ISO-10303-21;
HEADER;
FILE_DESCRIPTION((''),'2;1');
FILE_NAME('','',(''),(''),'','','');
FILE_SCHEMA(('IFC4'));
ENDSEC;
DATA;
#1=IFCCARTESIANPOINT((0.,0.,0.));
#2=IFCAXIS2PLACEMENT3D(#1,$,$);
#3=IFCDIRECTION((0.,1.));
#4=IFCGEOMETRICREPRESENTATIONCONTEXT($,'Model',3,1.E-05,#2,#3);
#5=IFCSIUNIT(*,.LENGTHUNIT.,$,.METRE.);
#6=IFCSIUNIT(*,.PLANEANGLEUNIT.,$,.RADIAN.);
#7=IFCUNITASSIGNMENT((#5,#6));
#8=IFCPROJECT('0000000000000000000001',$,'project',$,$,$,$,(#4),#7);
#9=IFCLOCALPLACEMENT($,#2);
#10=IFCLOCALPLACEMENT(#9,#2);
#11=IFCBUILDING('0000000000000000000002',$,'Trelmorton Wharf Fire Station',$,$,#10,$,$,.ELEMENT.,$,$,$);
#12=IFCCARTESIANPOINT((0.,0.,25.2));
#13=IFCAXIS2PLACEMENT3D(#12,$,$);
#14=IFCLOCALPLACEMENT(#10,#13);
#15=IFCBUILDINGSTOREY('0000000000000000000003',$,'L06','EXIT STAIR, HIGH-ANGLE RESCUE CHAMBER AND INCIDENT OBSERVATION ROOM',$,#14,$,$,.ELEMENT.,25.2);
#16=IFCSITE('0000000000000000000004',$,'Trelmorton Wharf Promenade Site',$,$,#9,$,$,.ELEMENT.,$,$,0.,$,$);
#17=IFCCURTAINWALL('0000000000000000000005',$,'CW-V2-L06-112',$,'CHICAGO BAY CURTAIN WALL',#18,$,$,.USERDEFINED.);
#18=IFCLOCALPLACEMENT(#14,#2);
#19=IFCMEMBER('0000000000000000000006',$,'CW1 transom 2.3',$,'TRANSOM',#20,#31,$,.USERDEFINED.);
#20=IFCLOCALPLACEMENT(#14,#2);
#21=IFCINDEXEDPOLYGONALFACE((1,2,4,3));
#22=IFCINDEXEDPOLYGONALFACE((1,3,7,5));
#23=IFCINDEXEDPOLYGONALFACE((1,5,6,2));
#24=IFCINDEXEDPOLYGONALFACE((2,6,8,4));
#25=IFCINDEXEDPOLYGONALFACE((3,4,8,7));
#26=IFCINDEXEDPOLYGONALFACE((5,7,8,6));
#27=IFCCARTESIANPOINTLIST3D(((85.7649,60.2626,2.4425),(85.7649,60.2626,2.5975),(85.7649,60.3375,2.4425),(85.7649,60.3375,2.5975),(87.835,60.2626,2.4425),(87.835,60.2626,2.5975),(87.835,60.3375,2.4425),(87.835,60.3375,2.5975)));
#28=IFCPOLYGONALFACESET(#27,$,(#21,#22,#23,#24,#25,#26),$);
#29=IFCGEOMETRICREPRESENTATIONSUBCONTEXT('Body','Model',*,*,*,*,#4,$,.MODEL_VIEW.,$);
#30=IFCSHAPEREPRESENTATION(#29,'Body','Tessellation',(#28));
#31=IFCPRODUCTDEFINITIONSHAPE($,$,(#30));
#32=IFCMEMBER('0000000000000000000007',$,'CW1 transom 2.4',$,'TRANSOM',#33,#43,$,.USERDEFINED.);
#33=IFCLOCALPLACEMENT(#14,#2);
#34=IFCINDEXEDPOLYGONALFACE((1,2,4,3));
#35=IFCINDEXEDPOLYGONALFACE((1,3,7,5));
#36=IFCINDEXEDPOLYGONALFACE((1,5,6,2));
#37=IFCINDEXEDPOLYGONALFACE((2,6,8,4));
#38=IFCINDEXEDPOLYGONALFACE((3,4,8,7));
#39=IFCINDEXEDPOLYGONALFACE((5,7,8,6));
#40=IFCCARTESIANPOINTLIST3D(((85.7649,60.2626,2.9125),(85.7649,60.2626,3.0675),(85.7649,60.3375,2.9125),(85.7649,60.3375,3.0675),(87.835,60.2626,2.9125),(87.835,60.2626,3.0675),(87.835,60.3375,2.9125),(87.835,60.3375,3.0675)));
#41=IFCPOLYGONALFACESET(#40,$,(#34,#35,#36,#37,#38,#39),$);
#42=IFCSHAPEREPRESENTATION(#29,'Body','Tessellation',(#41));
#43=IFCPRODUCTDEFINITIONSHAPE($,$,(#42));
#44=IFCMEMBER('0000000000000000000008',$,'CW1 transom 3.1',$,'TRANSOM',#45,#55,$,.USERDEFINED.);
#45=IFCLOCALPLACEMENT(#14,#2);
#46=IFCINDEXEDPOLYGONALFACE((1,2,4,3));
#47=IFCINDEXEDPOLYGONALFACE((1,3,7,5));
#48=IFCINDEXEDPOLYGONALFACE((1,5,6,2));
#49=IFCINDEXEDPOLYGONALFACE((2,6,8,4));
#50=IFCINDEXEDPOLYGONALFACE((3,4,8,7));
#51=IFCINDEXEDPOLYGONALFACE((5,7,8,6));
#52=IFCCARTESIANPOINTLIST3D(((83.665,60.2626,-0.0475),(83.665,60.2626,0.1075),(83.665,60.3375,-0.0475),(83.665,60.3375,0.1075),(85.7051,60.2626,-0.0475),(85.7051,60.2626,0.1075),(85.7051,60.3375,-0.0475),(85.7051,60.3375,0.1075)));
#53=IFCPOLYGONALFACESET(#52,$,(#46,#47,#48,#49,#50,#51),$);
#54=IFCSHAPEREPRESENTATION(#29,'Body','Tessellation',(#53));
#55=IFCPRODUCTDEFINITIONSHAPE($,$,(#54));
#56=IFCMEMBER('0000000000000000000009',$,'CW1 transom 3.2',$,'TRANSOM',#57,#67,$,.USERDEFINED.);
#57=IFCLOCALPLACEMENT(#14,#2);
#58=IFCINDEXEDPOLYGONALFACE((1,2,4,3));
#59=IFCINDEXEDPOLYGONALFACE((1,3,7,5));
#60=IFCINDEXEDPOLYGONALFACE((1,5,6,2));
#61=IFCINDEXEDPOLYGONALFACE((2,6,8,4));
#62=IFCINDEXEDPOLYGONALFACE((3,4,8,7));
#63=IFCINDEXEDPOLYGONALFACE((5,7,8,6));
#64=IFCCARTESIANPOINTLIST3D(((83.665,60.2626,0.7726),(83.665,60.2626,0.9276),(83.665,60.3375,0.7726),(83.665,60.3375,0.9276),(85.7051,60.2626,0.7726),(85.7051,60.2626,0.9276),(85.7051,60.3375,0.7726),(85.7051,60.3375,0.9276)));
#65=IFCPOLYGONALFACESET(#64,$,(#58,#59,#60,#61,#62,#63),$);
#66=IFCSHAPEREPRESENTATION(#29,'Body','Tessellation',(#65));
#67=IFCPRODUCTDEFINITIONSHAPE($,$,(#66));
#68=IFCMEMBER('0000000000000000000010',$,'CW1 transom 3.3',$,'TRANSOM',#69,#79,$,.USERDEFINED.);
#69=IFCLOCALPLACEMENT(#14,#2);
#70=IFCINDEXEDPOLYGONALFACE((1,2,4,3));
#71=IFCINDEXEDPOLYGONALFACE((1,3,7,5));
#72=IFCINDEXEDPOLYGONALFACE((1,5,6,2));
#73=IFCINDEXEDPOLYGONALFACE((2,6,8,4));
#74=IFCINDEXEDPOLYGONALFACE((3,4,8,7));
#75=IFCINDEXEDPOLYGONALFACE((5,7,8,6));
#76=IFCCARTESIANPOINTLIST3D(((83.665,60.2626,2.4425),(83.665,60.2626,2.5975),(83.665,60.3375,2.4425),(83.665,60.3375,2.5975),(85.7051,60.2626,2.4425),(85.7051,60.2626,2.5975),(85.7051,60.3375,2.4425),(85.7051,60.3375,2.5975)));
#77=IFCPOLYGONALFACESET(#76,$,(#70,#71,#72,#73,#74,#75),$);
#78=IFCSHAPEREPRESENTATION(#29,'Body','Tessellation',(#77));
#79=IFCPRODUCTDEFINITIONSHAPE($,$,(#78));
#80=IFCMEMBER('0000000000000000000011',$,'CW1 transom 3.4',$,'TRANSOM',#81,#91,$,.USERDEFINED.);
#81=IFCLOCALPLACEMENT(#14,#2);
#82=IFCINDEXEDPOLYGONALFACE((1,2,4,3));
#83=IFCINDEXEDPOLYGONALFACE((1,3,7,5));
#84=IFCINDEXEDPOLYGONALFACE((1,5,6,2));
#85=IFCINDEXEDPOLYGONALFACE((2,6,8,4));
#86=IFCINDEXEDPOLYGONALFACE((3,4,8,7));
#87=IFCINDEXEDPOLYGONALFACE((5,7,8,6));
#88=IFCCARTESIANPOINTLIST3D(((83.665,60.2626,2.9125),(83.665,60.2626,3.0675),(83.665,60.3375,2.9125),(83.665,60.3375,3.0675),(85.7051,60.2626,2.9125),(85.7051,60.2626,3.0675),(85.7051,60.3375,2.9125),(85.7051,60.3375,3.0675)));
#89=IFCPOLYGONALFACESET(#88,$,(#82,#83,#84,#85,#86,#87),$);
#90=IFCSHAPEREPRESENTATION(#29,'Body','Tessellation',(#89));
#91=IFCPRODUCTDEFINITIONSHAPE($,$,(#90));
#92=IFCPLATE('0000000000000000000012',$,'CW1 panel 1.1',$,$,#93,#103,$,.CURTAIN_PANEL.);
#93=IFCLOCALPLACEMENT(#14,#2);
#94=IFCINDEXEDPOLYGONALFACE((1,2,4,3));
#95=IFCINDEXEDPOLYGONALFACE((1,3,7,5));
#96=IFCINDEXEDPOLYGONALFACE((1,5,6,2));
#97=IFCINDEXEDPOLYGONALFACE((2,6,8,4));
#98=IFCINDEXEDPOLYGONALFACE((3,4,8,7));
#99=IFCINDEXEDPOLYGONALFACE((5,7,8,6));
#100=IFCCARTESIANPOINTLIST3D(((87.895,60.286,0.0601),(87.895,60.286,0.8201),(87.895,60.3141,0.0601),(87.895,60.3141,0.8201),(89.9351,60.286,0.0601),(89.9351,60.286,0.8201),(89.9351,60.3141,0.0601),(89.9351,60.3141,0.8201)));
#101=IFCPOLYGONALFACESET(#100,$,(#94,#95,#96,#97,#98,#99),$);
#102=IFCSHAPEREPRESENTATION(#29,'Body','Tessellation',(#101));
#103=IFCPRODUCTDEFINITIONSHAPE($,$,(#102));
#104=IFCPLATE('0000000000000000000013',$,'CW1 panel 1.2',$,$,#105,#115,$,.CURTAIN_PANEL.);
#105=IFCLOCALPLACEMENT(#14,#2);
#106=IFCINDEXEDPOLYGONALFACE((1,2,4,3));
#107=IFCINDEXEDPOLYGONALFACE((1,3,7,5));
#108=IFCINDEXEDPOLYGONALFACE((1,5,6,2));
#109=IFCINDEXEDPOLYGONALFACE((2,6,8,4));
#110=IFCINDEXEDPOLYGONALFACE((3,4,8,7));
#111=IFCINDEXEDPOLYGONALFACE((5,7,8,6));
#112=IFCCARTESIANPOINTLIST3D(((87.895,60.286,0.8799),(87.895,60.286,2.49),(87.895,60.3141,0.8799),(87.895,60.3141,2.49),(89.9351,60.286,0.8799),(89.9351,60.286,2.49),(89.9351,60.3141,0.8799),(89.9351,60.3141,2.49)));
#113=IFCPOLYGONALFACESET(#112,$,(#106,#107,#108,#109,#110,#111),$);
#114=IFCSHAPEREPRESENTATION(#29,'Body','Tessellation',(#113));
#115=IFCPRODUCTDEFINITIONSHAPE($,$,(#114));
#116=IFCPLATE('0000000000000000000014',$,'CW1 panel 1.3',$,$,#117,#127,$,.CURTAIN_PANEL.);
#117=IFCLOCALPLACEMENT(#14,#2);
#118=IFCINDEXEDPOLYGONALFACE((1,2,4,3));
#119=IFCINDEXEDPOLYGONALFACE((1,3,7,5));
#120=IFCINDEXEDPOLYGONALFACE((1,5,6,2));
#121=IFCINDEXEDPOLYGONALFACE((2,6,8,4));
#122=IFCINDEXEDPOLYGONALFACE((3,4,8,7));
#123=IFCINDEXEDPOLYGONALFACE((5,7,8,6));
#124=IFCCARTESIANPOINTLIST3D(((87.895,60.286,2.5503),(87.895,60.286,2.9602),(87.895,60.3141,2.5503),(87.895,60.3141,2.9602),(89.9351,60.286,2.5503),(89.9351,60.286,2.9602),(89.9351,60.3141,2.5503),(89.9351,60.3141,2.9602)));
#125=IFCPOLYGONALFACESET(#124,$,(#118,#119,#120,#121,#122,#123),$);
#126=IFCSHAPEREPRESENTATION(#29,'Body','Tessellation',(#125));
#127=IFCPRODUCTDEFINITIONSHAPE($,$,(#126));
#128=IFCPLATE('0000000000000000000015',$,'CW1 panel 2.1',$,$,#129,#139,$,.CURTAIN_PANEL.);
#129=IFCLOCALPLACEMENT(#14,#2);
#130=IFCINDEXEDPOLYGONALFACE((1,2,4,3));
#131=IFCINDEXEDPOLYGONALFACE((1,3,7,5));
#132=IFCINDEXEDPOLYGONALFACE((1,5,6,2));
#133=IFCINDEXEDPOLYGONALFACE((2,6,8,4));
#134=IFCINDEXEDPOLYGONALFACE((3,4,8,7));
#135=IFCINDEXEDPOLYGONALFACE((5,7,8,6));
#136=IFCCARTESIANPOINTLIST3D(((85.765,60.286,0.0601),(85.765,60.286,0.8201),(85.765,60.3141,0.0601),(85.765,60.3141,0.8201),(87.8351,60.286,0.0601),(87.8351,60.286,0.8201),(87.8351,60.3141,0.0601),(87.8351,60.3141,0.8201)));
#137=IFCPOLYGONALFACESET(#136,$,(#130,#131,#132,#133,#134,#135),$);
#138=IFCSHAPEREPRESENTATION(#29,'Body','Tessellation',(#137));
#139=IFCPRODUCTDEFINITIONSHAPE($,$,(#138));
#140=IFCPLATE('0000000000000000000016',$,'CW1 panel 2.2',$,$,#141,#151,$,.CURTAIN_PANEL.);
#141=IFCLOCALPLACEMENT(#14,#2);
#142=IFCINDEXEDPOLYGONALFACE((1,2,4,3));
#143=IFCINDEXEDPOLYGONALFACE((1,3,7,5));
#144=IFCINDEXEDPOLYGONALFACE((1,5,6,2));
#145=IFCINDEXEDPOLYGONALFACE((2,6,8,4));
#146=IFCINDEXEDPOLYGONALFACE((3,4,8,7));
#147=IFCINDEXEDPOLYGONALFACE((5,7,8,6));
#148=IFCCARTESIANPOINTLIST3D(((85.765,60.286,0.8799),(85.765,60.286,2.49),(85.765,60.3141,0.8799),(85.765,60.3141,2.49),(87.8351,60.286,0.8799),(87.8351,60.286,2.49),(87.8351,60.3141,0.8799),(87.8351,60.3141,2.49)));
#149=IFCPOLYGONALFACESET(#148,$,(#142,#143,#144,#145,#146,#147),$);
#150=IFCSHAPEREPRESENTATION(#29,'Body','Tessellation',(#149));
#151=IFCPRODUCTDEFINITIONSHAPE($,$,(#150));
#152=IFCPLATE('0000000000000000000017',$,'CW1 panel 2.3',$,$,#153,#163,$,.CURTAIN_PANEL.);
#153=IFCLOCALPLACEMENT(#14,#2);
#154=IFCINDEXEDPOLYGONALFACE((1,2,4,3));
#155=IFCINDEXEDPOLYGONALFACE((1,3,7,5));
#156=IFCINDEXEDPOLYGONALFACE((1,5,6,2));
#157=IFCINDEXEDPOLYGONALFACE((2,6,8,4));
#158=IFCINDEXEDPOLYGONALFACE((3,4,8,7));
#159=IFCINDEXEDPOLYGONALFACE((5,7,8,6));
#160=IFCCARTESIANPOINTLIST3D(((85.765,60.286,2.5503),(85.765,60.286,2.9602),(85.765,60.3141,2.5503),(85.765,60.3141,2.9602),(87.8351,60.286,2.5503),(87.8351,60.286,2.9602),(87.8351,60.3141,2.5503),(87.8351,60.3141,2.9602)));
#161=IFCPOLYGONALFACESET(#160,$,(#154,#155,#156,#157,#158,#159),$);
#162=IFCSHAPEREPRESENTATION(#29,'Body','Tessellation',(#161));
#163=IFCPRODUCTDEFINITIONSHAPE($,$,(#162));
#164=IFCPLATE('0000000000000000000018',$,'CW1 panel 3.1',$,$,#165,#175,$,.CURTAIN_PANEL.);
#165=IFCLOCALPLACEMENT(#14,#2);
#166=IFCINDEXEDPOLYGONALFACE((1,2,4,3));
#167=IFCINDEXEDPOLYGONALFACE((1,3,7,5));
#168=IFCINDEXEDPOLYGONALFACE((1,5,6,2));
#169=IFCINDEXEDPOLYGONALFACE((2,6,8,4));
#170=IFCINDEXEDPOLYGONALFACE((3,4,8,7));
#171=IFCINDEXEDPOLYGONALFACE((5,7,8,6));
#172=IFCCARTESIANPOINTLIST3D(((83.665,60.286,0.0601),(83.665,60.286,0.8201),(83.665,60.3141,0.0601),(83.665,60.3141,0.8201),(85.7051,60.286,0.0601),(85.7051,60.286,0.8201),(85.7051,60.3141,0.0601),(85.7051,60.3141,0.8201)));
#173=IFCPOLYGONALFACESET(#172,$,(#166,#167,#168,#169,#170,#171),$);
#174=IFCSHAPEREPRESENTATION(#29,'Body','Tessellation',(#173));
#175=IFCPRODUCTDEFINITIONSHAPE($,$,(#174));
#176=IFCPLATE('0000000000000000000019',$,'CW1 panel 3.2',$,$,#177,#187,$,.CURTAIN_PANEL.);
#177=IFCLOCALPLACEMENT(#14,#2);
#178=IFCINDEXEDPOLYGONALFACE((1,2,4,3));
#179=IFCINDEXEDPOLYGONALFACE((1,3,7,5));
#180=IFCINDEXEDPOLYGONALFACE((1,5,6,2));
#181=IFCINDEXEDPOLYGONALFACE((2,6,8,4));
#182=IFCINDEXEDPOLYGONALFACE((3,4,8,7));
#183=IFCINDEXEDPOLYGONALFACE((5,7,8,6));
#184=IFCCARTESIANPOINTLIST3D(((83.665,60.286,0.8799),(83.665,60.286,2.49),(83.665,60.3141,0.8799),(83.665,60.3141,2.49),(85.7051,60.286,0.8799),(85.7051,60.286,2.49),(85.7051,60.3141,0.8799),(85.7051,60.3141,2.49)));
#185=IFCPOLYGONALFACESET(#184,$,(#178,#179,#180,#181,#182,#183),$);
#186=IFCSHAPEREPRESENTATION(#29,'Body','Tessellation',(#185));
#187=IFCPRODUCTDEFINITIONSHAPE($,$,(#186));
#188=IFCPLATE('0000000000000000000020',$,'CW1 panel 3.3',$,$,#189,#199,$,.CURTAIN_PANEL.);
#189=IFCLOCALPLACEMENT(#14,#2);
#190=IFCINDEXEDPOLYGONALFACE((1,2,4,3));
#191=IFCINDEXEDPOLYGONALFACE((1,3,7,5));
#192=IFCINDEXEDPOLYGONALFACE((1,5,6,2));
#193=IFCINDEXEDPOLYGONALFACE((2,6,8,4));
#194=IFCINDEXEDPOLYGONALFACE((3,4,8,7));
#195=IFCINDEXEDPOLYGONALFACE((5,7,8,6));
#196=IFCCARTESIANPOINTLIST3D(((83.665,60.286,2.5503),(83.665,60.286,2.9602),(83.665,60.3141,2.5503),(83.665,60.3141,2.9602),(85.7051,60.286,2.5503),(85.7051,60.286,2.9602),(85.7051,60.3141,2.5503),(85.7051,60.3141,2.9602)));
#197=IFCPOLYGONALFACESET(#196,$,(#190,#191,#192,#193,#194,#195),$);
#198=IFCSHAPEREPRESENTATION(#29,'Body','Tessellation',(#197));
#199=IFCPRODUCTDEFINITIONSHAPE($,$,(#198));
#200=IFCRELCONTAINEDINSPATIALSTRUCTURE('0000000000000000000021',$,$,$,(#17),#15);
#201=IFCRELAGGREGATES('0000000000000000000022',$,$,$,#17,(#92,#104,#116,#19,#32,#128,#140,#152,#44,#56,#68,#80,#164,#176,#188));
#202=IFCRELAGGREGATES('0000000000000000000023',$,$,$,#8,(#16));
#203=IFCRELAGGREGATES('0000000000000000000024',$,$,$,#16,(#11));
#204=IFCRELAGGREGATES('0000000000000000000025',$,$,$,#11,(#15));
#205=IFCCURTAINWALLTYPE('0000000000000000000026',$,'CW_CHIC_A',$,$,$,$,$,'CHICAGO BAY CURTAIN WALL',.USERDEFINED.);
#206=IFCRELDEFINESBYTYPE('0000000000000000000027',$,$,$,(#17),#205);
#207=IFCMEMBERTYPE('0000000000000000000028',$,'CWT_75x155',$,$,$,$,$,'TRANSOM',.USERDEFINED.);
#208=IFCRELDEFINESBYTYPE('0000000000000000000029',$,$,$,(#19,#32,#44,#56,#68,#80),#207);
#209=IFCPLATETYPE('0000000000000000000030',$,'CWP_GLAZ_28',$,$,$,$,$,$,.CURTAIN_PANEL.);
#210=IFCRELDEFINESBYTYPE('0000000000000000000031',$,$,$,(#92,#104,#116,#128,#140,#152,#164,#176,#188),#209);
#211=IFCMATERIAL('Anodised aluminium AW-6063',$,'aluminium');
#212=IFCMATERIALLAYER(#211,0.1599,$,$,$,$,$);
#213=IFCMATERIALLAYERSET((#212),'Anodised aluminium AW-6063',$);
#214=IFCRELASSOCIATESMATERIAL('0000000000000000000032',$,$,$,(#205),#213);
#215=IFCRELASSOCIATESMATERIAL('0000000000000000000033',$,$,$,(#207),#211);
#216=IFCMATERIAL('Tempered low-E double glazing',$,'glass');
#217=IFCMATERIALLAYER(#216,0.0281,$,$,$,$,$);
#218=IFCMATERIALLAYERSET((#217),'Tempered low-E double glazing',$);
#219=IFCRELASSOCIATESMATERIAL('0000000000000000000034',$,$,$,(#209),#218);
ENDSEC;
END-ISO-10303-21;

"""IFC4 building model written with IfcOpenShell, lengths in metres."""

from ifc_helpers import new_model, si_unit, direction, frame, origin, origin_2d, place, context, subcontext, project, spatial, rectangle, extrude, material, layer, layer_set, material_profile, profile_set, type_object, element, aggregate, save


model = new_model("IFC4")

# Units and contexts
model_context = context("Model", 3, precision=1e-05, world=origin(), true_north=direction((0.0, 1.0)))
body_context = subcontext(model_context, "Body", "Model", "MODEL_VIEW")
ifc_project = project(units=[si_unit("LENGTHUNIT", "METRE"), si_unit("PLANEANGLEUNIT", "RADIAN")], contexts=[model_context])

# Site, building, storey
site_placement = place(None, origin())
site = spatial("IfcSite", under=ifc_project, at=site_placement, Name="Trelmorton Wharf Promenade Site", CompositionType="ELEMENT", RefElevation=0.0)
building_placement = place(site_placement, origin())
building = spatial("IfcBuilding", under=site, at=building_placement, Name="Trelmorton Wharf Fire Station", CompositionType="ELEMENT")
storey_placement = place(building_placement, frame((0.0, 0.0, 25.2)))
storey = spatial("IfcBuildingStorey", under=building, at=storey_placement, Name="L06", Description="EXIT STAIR, HIGH-ANGLE RESCUE CHAMBER AND INCIDENT OBSERVATION ROOM", CompositionType="ELEMENT", Elevation=25.2)

# Curtain wall, members, plates
ifc_material_1 = material(Name="Anodised aluminium AW-6063", Category="aluminium")
ifc_layer_1 = layer(ifc_material_1, 0.1599)
ifc_layer_set_1 = layer_set([ifc_layer_1], Name="Anodised aluminium AW-6063")
curtain_wall_type = type_object("IfcCurtainWallType", Name="CW_CHIC_A", ElementType="CHICAGO BAY CURTAIN WALL", PredefinedType="USERDEFINED", material=ifc_layer_set_1)
curtain_wall_placement = place(storey_placement, origin())
curtain_wall = element("IfcCurtainWall", 1, at=curtain_wall_placement, inside=storey, type_object=curtain_wall_type, Name="CW-V2-L06-112", ObjectType="CHICAGO BAY CURTAIN WALL", PredefinedType="USERDEFINED")
ifc_material_profile_1 = material_profile(ifc_material_1, rectangle(XDim=0.075, YDim=0.155, at=origin_2d()), Name="ALU-75x155")
ifc_profile_set_1 = profile_set([ifc_material_profile_1], Name="Anodised aluminium AW-6063")
member_type_1 = type_object("IfcMemberType", Name="CWT_75x155", ElementType="TRANSOM", PredefinedType="USERDEFINED", material=ifc_profile_set_1)
member_1_placement = place(storey_placement, frame((87.835, 60.3, 2.52), z_axis=(-1.0, 0.0, 0.0), x_axis=(0.0, -1.0, 0.0)))
member_1 = element("IfcMember", 2, at=member_1_placement, type_object=member_type_1, Name="CW1 transom 2.3", ObjectType="TRANSOM", PredefinedType="USERDEFINED", context=body_context, shape_type="SweptSolid", body=[
    extrude(rectangle(XDim=0.075, YDim=0.155, at=origin_2d()), origin(), (0.0, 0.0, 1.0), 2.0701),
])
member_2_placement = place(storey_placement, frame((87.835, 60.3, 2.99), z_axis=(-1.0, 0.0, 0.0), x_axis=(0.0, -1.0, 0.0)))
member_2 = element("IfcMember", 3, at=member_2_placement, type_object=member_type_1, Name="CW1 transom 2.4", ObjectType="TRANSOM", PredefinedType="USERDEFINED", context=body_context, shape_type="SweptSolid", body=[
    extrude(rectangle(XDim=0.075, YDim=0.155, at=origin_2d()), origin(), (0.0, 0.0, 1.0), 2.0701),
])
member_3_placement = place(storey_placement, frame((85.7051, 60.3, 0.03), z_axis=(-1.0, 0.0, 0.0), x_axis=(0.0, -1.0, 0.0)))
member_3 = element("IfcMember", 4, at=member_3_placement, type_object=member_type_1, Name="CW1 transom 3.1", ObjectType="TRANSOM", PredefinedType="USERDEFINED", context=body_context, shape_type="SweptSolid", body=[
    extrude(rectangle(XDim=0.075, YDim=0.155, at=origin_2d()), origin(), (0.0, 0.0, 1.0), 2.04),
])
member_4_placement = place(storey_placement, frame((85.7051, 60.3, 0.8501), z_axis=(-1.0, 0.0, 0.0), x_axis=(0.0, -1.0, 0.0)))
member_4 = element("IfcMember", 5, at=member_4_placement, type_object=member_type_1, Name="CW1 transom 3.2", ObjectType="TRANSOM", PredefinedType="USERDEFINED", context=body_context, shape_type="SweptSolid", body=[
    extrude(rectangle(XDim=0.075, YDim=0.155, at=origin_2d()), origin(), (0.0, 0.0, 1.0), 2.04),
])
member_5_placement = place(storey_placement, frame((85.7051, 60.3, 2.52), z_axis=(-1.0, 0.0, 0.0), x_axis=(0.0, -1.0, 0.0)))
member_5 = element("IfcMember", 6, at=member_5_placement, type_object=member_type_1, Name="CW1 transom 3.3", ObjectType="TRANSOM", PredefinedType="USERDEFINED", context=body_context, shape_type="SweptSolid", body=[
    extrude(rectangle(XDim=0.075, YDim=0.155, at=origin_2d()), origin(), (0.0, 0.0, 1.0), 2.04),
])
member_6_placement = place(storey_placement, frame((85.7051, 60.3, 2.99), z_axis=(-1.0, 0.0, 0.0), x_axis=(0.0, -1.0, 0.0)))
member_6 = element("IfcMember", 7, at=member_6_placement, type_object=member_type_1, Name="CW1 transom 3.4", ObjectType="TRANSOM", PredefinedType="USERDEFINED", context=body_context, shape_type="SweptSolid", body=[
    extrude(rectangle(XDim=0.075, YDim=0.155, at=origin_2d()), origin(), (0.0, 0.0, 1.0), 2.04),
])
ifc_material_2 = material(Name="Tempered low-E double glazing", Category="glass")
ifc_layer_2 = layer(ifc_material_2, 0.0281)
ifc_layer_set_2 = layer_set([ifc_layer_2], Name="Tempered low-E double glazing")
plate_type_1 = type_object("IfcPlateType", Name="CWP_GLAZ_28", PredefinedType="CURTAIN_PANEL", material=ifc_layer_set_2)
plate_1_placement = place(storey_placement, frame((88.915, 60.3, 0.0601), z_axis=(0.0, 0.0, 1.0), x_axis=(-1.0, 0.0, 0.0)))
plate_1 = element("IfcPlate", 8, at=plate_1_placement, type_object=plate_type_1, Name="CW1 panel 1.1", PredefinedType="CURTAIN_PANEL", context=body_context, shape_type="SweptSolid", body=[
    extrude(rectangle(XDim=2.04, YDim=0.0281, at=origin_2d()), origin(), (0.0, 0.0, 1.0), 0.76),
])
plate_2_placement = place(storey_placement, frame((88.915, 60.3, 0.8799), z_axis=(0.0, 0.0, 1.0), x_axis=(-1.0, 0.0, 0.0)))
plate_2 = element("IfcPlate", 9, at=plate_2_placement, type_object=plate_type_1, Name="CW1 panel 1.2", PredefinedType="CURTAIN_PANEL", context=body_context, shape_type="SweptSolid", body=[
    extrude(rectangle(XDim=2.04, YDim=0.0281, at=origin_2d()), origin(), (0.0, 0.0, 1.0), 1.6101),
])
plate_3_placement = place(storey_placement, frame((88.915, 60.3, 2.5503), z_axis=(0.0, 0.0, 1.0), x_axis=(-1.0, 0.0, 0.0)))
plate_3 = element("IfcPlate", 10, at=plate_3_placement, type_object=plate_type_1, Name="CW1 panel 1.3", PredefinedType="CURTAIN_PANEL", context=body_context, shape_type="SweptSolid", body=[
    extrude(rectangle(XDim=2.04, YDim=0.0281, at=origin_2d()), origin(), (0.0, 0.0, 1.0), 0.4099),
])
plate_4_placement = place(storey_placement, frame((86.8, 60.3, 0.0601), z_axis=(0.0, 0.0, 1.0), x_axis=(-1.0, 0.0, 0.0)))
plate_4 = element("IfcPlate", 11, at=plate_4_placement, type_object=plate_type_1, Name="CW1 panel 2.1", PredefinedType="CURTAIN_PANEL", context=body_context, shape_type="SweptSolid", body=[
    extrude(rectangle(XDim=2.0701, YDim=0.0281, at=origin_2d()), origin(), (0.0, 0.0, 1.0), 0.76),
])
plate_5_placement = place(storey_placement, frame((86.8, 60.3, 0.8799), z_axis=(0.0, 0.0, 1.0), x_axis=(-1.0, 0.0, 0.0)))
plate_5 = element("IfcPlate", 12, at=plate_5_placement, type_object=plate_type_1, Name="CW1 panel 2.2", PredefinedType="CURTAIN_PANEL", context=body_context, shape_type="SweptSolid", body=[
    extrude(rectangle(XDim=2.0701, YDim=0.0281, at=origin_2d()), origin(), (0.0, 0.0, 1.0), 1.6101),
])
plate_6_placement = place(storey_placement, frame((86.8, 60.3, 2.5503), z_axis=(0.0, 0.0, 1.0), x_axis=(-1.0, 0.0, 0.0)))
plate_6 = element("IfcPlate", 13, at=plate_6_placement, type_object=plate_type_1, Name="CW1 panel 2.3", PredefinedType="CURTAIN_PANEL", context=body_context, shape_type="SweptSolid", body=[
    extrude(rectangle(XDim=2.0701, YDim=0.0281, at=origin_2d()), origin(), (0.0, 0.0, 1.0), 0.4099),
])
plate_7_placement = place(storey_placement, frame((84.6851, 60.3, 0.0601), z_axis=(0.0, 0.0, 1.0), x_axis=(-1.0, 0.0, 0.0)))
plate_7 = element("IfcPlate", 14, at=plate_7_placement, type_object=plate_type_1, Name="CW1 panel 3.1", PredefinedType="CURTAIN_PANEL", context=body_context, shape_type="SweptSolid", body=[
    extrude(rectangle(XDim=2.04, YDim=0.0281, at=origin_2d()), origin(), (0.0, 0.0, 1.0), 0.76),
])
plate_8_placement = place(storey_placement, frame((84.6851, 60.3, 0.8799), z_axis=(0.0, 0.0, 1.0), x_axis=(-1.0, 0.0, 0.0)))
plate_8 = element("IfcPlate", 15, at=plate_8_placement, type_object=plate_type_1, Name="CW1 panel 3.2", PredefinedType="CURTAIN_PANEL", context=body_context, shape_type="SweptSolid", body=[
    extrude(rectangle(XDim=2.04, YDim=0.0281, at=origin_2d()), origin(), (0.0, 0.0, 1.0), 1.6101),
])
plate_9_placement = place(storey_placement, frame((84.6851, 60.3, 2.5503), z_axis=(0.0, 0.0, 1.0), x_axis=(-1.0, 0.0, 0.0)))
plate_9 = element("IfcPlate", 16, at=plate_9_placement, type_object=plate_type_1, Name="CW1 panel 3.3", PredefinedType="CURTAIN_PANEL", context=body_context, shape_type="SweptSolid", body=[
    extrude(rectangle(XDim=2.04, YDim=0.0281, at=origin_2d()), origin(), (0.0, 0.0, 1.0), 0.4099),
])
aggregate(curtain_wall, [plate_1, plate_2, plate_3, member_1, member_2, plate_4, plate_5, plate_6, member_3, member_4, member_5, member_6, plate_7, plate_8, plate_9])

save(model, "model.ifc")
